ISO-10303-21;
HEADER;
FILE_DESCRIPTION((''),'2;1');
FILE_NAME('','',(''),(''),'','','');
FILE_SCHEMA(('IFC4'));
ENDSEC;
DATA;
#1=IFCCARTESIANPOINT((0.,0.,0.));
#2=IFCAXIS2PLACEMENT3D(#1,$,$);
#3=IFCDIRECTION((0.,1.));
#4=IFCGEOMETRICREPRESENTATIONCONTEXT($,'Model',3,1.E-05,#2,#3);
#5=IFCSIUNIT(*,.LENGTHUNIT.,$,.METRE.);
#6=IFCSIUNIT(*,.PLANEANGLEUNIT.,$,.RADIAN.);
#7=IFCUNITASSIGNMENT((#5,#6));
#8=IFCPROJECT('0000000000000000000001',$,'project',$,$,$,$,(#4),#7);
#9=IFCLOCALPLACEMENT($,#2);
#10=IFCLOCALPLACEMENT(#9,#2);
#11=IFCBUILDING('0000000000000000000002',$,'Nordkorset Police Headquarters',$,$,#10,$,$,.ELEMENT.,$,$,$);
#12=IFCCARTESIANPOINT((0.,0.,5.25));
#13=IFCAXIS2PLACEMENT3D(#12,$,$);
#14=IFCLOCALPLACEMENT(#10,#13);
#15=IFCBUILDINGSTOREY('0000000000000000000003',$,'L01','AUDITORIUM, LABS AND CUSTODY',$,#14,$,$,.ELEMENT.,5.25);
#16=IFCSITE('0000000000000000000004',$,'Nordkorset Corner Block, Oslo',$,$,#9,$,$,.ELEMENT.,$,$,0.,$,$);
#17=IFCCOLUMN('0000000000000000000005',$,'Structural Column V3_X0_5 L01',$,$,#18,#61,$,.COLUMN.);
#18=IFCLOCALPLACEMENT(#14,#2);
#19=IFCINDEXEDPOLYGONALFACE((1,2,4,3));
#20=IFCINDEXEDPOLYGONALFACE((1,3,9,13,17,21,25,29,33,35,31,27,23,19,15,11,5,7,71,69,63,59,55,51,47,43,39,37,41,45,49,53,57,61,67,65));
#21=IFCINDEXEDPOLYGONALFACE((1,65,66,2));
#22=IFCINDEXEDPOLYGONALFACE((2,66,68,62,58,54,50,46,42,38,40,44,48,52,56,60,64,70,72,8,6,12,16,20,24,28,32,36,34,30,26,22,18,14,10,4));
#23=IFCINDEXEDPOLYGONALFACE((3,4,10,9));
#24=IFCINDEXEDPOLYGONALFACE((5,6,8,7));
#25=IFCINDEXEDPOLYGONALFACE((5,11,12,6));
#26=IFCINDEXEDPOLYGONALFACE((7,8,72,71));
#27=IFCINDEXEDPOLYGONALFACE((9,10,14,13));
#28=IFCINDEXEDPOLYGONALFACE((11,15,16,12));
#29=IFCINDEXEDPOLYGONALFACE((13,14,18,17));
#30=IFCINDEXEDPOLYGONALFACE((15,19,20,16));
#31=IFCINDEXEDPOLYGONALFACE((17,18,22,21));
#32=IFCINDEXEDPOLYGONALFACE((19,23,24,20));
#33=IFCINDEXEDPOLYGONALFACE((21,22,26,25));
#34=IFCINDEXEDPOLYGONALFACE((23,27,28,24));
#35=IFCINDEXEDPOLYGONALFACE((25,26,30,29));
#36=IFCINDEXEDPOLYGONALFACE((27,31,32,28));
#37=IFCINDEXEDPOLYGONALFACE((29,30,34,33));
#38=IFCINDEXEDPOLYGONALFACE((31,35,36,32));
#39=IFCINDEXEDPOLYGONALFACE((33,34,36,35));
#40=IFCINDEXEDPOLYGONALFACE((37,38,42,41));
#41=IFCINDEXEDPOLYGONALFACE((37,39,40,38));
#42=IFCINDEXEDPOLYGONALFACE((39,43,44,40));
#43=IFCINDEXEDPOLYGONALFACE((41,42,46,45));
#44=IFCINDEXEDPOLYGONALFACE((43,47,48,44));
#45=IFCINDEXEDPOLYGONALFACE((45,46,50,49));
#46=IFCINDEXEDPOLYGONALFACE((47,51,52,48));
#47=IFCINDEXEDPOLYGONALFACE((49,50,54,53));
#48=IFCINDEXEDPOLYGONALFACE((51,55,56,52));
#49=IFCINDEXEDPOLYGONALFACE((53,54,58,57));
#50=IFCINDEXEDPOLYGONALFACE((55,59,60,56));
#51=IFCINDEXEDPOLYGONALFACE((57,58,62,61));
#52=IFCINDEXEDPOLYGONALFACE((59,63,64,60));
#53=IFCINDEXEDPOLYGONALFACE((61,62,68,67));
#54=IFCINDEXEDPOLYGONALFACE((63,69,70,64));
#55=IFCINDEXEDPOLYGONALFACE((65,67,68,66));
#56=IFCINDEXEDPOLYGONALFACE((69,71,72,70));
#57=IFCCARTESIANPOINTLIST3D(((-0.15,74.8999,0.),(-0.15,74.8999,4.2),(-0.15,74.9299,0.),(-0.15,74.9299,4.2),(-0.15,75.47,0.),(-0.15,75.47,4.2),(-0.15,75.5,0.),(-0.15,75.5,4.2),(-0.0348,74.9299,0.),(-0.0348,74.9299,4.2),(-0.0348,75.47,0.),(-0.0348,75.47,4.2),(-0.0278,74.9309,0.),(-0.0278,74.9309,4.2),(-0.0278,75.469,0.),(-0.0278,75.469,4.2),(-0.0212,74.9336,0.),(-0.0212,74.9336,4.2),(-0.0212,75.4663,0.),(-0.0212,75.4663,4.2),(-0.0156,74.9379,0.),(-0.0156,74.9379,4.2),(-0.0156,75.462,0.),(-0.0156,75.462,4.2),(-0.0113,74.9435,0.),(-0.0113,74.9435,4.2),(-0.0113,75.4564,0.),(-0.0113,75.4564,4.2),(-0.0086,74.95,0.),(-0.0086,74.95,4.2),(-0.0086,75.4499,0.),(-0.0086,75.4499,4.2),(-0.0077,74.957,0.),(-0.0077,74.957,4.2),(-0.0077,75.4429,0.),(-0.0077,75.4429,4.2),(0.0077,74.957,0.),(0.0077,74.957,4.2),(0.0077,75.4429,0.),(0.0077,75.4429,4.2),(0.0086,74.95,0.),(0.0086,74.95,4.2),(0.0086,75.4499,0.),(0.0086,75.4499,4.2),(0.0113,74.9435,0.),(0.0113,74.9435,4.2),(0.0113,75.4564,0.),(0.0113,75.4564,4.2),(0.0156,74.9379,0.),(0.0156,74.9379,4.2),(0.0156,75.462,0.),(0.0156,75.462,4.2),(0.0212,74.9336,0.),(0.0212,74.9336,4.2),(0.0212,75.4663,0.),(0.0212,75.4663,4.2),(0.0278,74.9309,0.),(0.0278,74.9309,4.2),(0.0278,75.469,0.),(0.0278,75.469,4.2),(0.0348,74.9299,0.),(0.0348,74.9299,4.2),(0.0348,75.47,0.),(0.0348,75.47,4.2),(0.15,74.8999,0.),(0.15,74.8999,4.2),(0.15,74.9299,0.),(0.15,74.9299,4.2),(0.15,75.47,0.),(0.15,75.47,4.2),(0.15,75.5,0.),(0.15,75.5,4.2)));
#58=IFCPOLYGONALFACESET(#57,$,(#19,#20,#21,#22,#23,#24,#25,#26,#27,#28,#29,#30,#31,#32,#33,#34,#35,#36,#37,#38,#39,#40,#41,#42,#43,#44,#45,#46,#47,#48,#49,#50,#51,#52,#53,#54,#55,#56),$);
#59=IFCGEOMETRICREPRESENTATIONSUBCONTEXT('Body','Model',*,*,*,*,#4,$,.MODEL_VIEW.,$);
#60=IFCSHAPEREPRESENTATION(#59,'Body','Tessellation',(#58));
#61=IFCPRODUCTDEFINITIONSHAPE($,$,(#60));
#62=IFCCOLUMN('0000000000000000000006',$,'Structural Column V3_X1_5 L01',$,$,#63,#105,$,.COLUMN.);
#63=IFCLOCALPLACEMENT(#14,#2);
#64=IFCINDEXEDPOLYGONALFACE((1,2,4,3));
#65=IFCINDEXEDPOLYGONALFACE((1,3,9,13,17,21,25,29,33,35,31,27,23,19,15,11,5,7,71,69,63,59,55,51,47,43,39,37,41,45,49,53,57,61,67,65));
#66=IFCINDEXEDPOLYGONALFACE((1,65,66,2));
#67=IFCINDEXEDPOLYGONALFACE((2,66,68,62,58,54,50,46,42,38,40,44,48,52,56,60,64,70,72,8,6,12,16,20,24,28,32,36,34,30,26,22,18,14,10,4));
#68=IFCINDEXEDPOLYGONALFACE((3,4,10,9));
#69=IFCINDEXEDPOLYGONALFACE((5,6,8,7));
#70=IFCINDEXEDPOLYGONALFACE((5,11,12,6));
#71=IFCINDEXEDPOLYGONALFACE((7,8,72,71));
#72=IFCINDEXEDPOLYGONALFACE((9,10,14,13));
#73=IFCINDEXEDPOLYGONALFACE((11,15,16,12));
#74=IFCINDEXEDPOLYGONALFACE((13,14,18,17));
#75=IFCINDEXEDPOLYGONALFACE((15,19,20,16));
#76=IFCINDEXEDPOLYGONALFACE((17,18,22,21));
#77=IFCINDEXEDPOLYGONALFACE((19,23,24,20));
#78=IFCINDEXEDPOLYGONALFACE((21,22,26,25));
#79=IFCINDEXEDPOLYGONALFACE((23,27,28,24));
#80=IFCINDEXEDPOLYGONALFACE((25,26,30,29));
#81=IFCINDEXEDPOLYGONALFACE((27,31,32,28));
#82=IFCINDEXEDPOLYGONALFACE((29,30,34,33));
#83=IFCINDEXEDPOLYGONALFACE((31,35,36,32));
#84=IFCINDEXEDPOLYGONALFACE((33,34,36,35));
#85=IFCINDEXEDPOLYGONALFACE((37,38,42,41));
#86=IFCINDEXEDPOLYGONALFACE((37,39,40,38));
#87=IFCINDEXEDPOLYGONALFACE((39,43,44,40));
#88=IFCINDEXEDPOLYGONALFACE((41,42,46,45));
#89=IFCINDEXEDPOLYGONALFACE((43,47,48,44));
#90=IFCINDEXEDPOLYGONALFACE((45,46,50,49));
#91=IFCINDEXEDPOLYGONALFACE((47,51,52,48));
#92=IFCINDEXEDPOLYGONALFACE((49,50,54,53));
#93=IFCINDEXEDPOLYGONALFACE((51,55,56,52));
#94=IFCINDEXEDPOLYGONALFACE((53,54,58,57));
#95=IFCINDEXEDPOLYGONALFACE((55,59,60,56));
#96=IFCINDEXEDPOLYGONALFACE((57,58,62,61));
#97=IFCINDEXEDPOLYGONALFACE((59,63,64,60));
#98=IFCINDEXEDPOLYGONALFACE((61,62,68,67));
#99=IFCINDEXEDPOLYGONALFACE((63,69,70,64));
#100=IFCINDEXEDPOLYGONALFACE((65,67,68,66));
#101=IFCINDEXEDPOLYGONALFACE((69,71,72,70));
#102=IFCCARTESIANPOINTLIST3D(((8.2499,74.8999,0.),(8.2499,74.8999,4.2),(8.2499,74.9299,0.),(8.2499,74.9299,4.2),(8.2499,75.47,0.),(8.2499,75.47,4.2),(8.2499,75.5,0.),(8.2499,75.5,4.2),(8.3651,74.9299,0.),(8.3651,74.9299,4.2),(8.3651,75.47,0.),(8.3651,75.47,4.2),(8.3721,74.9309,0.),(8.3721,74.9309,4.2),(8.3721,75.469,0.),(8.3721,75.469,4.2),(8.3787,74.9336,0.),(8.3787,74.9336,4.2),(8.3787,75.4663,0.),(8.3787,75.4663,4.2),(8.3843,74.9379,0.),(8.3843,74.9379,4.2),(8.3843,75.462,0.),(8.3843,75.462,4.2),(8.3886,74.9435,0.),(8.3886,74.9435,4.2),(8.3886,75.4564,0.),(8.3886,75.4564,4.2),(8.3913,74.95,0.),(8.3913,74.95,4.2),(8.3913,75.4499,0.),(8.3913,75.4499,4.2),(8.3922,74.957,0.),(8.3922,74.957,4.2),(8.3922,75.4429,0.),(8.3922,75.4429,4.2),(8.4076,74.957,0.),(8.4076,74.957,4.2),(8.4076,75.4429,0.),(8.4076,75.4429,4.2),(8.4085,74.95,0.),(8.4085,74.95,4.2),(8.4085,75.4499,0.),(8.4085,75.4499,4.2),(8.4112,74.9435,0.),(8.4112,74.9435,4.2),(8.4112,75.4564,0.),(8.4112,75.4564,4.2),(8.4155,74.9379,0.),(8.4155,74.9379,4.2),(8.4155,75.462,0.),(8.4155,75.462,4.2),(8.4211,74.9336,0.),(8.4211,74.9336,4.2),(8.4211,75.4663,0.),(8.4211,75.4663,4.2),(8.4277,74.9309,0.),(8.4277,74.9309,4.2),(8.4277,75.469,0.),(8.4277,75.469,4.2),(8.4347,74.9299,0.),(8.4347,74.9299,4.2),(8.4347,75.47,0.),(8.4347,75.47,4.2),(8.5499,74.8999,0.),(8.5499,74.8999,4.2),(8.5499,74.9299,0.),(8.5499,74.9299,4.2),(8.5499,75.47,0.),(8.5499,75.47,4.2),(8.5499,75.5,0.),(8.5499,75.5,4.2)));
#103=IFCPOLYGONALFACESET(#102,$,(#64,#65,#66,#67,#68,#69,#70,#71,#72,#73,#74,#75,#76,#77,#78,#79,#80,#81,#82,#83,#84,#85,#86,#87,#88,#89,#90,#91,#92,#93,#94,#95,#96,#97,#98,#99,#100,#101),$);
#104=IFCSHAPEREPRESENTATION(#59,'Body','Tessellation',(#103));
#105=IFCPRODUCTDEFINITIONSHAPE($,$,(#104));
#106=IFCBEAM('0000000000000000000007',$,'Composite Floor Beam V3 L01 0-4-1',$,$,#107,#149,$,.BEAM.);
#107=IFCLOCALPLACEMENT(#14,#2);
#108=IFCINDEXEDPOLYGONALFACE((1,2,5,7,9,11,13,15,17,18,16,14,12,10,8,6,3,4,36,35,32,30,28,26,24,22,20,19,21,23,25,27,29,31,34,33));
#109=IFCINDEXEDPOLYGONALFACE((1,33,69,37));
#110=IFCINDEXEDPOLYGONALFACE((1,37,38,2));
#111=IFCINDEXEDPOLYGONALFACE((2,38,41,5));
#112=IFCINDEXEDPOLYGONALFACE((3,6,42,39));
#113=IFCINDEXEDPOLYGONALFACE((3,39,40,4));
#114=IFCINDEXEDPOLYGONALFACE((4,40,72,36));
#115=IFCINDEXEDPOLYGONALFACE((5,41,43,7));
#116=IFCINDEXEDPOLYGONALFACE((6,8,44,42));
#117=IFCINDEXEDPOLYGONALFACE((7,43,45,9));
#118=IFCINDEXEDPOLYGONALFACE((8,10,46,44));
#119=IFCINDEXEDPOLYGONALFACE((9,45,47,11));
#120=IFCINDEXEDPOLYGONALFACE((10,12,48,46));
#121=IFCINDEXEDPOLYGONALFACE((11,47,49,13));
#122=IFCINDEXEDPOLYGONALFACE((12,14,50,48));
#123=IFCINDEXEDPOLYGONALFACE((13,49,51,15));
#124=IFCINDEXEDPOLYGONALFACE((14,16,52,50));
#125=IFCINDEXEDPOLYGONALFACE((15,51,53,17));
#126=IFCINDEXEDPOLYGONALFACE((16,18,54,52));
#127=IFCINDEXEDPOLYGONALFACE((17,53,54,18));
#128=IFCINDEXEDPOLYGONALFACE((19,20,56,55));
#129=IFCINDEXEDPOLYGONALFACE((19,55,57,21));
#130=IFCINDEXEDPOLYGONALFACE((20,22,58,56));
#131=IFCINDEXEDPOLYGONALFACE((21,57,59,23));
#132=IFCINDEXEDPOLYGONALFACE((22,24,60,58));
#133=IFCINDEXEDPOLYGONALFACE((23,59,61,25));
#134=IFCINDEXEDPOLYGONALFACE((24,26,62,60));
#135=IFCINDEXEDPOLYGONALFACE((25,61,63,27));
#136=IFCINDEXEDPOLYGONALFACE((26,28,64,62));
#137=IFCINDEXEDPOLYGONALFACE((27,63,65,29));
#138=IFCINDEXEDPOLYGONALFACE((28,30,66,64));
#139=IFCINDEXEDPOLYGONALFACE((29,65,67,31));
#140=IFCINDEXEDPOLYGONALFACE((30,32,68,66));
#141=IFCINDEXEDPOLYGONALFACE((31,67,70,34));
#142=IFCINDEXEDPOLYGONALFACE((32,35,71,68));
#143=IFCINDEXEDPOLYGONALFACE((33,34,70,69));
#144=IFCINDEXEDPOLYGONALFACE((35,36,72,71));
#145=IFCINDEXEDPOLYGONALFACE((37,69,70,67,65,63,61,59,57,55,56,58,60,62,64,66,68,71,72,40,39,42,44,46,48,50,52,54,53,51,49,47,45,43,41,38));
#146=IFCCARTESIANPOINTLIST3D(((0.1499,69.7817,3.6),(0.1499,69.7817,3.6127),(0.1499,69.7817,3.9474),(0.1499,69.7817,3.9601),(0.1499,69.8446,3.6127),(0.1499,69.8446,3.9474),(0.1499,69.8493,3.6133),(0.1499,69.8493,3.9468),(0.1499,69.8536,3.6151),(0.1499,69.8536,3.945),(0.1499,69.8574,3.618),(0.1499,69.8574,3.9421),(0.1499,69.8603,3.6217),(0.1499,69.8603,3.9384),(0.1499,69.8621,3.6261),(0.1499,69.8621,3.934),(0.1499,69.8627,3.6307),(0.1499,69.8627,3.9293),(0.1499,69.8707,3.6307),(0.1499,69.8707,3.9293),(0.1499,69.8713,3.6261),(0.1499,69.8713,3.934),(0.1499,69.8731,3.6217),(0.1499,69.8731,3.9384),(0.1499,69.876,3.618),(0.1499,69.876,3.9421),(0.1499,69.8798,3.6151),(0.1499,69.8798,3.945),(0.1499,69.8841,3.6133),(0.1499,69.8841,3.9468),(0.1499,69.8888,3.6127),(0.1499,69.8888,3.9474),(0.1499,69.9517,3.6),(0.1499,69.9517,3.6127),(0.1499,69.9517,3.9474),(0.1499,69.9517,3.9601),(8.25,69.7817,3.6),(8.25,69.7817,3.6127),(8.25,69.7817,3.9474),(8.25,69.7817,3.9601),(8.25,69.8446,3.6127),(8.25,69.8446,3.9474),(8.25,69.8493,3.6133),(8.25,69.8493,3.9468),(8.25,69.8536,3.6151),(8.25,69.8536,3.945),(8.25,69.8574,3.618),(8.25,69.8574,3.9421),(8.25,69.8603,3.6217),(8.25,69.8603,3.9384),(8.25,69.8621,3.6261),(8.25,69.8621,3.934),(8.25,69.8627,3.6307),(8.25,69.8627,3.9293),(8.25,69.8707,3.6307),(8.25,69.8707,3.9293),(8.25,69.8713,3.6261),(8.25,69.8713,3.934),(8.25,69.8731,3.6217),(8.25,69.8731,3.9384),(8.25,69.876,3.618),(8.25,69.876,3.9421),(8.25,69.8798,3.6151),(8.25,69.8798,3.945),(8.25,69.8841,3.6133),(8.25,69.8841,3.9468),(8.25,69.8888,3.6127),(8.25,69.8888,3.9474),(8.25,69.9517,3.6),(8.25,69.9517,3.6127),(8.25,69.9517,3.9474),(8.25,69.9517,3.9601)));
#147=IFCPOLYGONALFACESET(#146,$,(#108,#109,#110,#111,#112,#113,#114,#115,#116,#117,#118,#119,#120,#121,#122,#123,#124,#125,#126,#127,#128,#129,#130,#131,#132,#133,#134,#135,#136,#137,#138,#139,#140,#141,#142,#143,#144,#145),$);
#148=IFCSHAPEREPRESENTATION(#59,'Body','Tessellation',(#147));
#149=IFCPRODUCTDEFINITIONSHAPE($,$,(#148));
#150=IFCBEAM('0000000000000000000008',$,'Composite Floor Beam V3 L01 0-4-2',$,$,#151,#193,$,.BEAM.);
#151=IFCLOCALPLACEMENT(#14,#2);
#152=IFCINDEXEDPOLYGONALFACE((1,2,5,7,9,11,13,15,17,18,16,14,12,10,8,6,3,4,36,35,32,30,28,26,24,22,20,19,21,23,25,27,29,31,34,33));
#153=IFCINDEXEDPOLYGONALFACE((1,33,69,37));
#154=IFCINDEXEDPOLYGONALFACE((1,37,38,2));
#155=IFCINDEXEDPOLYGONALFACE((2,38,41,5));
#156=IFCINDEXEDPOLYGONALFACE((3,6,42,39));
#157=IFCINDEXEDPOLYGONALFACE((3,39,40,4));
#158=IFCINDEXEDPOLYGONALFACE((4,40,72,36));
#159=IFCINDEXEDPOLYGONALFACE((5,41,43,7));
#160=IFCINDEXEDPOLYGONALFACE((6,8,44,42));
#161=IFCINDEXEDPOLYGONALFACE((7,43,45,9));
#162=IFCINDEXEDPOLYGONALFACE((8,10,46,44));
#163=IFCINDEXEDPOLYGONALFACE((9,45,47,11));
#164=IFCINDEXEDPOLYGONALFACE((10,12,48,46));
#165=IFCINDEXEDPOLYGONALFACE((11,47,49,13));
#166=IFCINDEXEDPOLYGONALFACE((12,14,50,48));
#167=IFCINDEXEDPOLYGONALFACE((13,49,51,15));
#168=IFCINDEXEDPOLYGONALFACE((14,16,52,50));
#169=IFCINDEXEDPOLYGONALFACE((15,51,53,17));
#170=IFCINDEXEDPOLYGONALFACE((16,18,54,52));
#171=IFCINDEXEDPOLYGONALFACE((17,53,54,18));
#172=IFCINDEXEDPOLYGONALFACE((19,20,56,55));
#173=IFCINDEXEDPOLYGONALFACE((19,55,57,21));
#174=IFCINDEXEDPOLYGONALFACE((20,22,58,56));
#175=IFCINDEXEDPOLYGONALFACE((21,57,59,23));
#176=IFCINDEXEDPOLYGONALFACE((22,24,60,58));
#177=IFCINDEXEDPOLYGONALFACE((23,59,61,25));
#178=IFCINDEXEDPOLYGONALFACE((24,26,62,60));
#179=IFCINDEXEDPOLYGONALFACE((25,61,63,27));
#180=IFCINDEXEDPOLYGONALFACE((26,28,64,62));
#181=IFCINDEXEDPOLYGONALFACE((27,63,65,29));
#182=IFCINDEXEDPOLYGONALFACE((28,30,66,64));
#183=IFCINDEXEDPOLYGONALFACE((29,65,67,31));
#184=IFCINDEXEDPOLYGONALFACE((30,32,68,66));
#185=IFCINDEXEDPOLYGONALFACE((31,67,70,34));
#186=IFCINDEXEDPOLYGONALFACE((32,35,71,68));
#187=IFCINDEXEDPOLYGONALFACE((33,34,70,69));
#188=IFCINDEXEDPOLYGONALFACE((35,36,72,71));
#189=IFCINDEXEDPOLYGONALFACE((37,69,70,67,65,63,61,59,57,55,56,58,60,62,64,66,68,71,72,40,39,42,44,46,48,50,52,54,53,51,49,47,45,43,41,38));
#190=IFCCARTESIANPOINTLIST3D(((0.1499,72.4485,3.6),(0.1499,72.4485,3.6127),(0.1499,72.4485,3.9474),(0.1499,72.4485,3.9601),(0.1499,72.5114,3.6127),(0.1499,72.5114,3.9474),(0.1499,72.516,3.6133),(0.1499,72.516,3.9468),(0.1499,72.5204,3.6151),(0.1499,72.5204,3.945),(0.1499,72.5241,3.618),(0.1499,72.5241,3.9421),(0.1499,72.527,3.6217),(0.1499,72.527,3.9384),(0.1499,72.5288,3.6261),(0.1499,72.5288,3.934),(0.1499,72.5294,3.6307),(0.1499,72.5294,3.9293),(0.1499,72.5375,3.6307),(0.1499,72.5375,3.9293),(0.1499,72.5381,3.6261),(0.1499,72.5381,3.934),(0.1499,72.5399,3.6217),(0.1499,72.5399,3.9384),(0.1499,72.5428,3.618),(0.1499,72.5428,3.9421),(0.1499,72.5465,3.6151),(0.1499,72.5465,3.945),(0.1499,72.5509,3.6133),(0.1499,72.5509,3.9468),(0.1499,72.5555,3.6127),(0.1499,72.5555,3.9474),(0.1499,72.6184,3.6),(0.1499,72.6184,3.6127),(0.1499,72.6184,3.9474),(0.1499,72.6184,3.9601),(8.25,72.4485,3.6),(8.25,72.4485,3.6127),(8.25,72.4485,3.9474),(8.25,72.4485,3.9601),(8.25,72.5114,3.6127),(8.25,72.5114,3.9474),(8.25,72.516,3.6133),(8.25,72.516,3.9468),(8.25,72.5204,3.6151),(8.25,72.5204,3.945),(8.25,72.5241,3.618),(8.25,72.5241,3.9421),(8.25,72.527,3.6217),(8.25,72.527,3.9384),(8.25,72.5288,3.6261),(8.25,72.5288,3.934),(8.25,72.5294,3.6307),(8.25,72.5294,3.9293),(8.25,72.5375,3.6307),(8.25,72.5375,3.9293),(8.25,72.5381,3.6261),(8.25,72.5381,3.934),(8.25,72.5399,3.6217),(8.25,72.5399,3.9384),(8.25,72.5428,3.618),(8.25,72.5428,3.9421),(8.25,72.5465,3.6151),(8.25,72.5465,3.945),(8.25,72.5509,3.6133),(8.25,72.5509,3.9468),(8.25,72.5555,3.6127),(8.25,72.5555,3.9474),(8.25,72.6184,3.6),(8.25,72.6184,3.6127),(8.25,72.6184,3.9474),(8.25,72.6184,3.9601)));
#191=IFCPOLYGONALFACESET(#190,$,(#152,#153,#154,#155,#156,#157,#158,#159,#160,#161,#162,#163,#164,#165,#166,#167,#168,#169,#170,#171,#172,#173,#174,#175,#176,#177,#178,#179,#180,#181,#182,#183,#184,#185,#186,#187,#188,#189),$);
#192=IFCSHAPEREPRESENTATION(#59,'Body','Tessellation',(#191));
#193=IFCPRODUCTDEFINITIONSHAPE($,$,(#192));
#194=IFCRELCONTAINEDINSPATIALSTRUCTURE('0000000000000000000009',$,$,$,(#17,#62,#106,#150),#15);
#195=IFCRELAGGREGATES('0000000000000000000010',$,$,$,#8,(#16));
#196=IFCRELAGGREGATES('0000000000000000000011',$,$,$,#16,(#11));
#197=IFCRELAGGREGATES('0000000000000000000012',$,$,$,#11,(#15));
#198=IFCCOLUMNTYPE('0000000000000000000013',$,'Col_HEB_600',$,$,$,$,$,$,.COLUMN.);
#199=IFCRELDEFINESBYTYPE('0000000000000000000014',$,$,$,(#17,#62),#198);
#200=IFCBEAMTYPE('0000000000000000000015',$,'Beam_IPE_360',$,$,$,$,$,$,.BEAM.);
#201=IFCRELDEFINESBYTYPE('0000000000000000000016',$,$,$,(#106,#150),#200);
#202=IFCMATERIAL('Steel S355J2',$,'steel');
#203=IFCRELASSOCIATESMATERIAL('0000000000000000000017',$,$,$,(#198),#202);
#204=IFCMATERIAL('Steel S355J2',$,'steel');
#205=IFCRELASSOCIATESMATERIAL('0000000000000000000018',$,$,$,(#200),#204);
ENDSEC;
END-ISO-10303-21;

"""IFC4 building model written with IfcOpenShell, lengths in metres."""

from ifc_helpers import new_model, si_unit, direction, frame, origin, origin_2d, place, context, subcontext, project, spatial, i_section, extrude, material, material_profile, profile_set, type_object, element, save


model = new_model("IFC4")

# Units and contexts
model_context = context("Model", 3, precision=1e-05, world=origin(), true_north=direction((0.0, 1.0)))
body_context = subcontext(model_context, "Body", "Model", "MODEL_VIEW")
ifc_project = project(units=[si_unit("LENGTHUNIT", "METRE"), si_unit("PLANEANGLEUNIT", "RADIAN")], contexts=[model_context])

# Site, building, storey
site_placement = place(None, origin())
site = spatial("IfcSite", under=ifc_project, at=site_placement, Name="Nordkorset Corner Block, Oslo", CompositionType="ELEMENT", RefElevation=0.0)
building_placement = place(site_placement, origin())
building = spatial("IfcBuilding", under=site, at=building_placement, Name="Nordkorset Police Headquarters", CompositionType="ELEMENT")
storey_placement = place(building_placement, frame((0.0, 0.0, 5.25)))
storey = spatial("IfcBuildingStorey", under=building, at=storey_placement, Name="L01", Description="AUDITORIUM, LABS AND CUSTODY", CompositionType="ELEMENT", Elevation=5.25)

# Columns
ifc_material_1 = material(Name="Steel S355J2", Category="steel")
ifc_material_profile_1 = material_profile(ifc_material_1, i_section(OverallWidth=0.3, OverallDepth=0.6001, WebThickness=0.0154, FlangeThickness=0.03, FilletRadius=0.0271, at=origin_2d()), Name="HEB 600")
ifc_profile_set_1 = profile_set([ifc_material_profile_1], Name="Steel S355J2")
column_type = type_object("IfcColumnType", Name="Col_HEB_600", PredefinedType="COLUMN", material=ifc_profile_set_1)
for number, where, z_axis, x_axis, name in (
    (1, (0.0, 75.2, 0.0), (0.0, 0.0, 1.0), (1.0, 0.0, 0.0), "Structural Column V3_X0_5 L01"),
    (2, (8.3999, 75.2, 0.0), (0.0, 0.0, 1.0), (1.0, 0.0, 0.0), "Structural Column V3_X1_5 L01"),
):
    element("IfcColumn", number, at=place(storey_placement, frame(where, z_axis=z_axis, x_axis=x_axis)), inside=storey, type_object=column_type, Name=name, PredefinedType="COLUMN", context=body_context, shape_type="SweptSolid", body=[
        extrude(i_section(OverallWidth=0.3, OverallDepth=0.6001, WebThickness=0.0154, FlangeThickness=0.03, FilletRadius=0.0271, at=origin_2d()), origin(), (0.0, 0.0, 1.0), 4.2),
    ])

# Beams
ifc_material_2 = material(Name="Steel S355J2", Category="steel")
ifc_material_profile_2 = material_profile(ifc_material_2, i_section(OverallWidth=0.1699, OverallDepth=0.3601, WebThickness=0.0081, FlangeThickness=0.0127, FilletRadius=0.0181, at=origin_2d()), Name="IPE 360")
ifc_profile_set_2 = profile_set([ifc_material_profile_2], Name="Steel S355J2")
beam_type_1 = type_object("IfcBeamType", Name="Beam_IPE_360", PredefinedType="BEAM", material=ifc_profile_set_2)
for number, where, z_axis, x_axis, name in (
    (3, (0.1499, 69.8667, 3.78), (1.0, 0.0, 0.0), (0.0, 1.0, 0.0), "Composite Floor Beam V3 L01 0-4-1"),
    (4, (0.1499, 72.5334, 3.78), (1.0, 0.0, 0.0), (0.0, 1.0, 0.0), "Composite Floor Beam V3 L01 0-4-2"),
):
    element("IfcBeam", number, at=place(storey_placement, frame(where, z_axis=z_axis, x_axis=x_axis)), inside=storey, type_object=beam_type_1, Name=name, PredefinedType="BEAM", context=body_context, shape_type="SweptSolid", body=[
        extrude(i_section(OverallWidth=0.1699, OverallDepth=0.3601, WebThickness=0.0081, FlangeThickness=0.0127, FilletRadius=0.0181, at=origin_2d()), origin(), (0.0, 0.0, 1.0), 8.1001),
    ])

save(model, "model.ifc")
